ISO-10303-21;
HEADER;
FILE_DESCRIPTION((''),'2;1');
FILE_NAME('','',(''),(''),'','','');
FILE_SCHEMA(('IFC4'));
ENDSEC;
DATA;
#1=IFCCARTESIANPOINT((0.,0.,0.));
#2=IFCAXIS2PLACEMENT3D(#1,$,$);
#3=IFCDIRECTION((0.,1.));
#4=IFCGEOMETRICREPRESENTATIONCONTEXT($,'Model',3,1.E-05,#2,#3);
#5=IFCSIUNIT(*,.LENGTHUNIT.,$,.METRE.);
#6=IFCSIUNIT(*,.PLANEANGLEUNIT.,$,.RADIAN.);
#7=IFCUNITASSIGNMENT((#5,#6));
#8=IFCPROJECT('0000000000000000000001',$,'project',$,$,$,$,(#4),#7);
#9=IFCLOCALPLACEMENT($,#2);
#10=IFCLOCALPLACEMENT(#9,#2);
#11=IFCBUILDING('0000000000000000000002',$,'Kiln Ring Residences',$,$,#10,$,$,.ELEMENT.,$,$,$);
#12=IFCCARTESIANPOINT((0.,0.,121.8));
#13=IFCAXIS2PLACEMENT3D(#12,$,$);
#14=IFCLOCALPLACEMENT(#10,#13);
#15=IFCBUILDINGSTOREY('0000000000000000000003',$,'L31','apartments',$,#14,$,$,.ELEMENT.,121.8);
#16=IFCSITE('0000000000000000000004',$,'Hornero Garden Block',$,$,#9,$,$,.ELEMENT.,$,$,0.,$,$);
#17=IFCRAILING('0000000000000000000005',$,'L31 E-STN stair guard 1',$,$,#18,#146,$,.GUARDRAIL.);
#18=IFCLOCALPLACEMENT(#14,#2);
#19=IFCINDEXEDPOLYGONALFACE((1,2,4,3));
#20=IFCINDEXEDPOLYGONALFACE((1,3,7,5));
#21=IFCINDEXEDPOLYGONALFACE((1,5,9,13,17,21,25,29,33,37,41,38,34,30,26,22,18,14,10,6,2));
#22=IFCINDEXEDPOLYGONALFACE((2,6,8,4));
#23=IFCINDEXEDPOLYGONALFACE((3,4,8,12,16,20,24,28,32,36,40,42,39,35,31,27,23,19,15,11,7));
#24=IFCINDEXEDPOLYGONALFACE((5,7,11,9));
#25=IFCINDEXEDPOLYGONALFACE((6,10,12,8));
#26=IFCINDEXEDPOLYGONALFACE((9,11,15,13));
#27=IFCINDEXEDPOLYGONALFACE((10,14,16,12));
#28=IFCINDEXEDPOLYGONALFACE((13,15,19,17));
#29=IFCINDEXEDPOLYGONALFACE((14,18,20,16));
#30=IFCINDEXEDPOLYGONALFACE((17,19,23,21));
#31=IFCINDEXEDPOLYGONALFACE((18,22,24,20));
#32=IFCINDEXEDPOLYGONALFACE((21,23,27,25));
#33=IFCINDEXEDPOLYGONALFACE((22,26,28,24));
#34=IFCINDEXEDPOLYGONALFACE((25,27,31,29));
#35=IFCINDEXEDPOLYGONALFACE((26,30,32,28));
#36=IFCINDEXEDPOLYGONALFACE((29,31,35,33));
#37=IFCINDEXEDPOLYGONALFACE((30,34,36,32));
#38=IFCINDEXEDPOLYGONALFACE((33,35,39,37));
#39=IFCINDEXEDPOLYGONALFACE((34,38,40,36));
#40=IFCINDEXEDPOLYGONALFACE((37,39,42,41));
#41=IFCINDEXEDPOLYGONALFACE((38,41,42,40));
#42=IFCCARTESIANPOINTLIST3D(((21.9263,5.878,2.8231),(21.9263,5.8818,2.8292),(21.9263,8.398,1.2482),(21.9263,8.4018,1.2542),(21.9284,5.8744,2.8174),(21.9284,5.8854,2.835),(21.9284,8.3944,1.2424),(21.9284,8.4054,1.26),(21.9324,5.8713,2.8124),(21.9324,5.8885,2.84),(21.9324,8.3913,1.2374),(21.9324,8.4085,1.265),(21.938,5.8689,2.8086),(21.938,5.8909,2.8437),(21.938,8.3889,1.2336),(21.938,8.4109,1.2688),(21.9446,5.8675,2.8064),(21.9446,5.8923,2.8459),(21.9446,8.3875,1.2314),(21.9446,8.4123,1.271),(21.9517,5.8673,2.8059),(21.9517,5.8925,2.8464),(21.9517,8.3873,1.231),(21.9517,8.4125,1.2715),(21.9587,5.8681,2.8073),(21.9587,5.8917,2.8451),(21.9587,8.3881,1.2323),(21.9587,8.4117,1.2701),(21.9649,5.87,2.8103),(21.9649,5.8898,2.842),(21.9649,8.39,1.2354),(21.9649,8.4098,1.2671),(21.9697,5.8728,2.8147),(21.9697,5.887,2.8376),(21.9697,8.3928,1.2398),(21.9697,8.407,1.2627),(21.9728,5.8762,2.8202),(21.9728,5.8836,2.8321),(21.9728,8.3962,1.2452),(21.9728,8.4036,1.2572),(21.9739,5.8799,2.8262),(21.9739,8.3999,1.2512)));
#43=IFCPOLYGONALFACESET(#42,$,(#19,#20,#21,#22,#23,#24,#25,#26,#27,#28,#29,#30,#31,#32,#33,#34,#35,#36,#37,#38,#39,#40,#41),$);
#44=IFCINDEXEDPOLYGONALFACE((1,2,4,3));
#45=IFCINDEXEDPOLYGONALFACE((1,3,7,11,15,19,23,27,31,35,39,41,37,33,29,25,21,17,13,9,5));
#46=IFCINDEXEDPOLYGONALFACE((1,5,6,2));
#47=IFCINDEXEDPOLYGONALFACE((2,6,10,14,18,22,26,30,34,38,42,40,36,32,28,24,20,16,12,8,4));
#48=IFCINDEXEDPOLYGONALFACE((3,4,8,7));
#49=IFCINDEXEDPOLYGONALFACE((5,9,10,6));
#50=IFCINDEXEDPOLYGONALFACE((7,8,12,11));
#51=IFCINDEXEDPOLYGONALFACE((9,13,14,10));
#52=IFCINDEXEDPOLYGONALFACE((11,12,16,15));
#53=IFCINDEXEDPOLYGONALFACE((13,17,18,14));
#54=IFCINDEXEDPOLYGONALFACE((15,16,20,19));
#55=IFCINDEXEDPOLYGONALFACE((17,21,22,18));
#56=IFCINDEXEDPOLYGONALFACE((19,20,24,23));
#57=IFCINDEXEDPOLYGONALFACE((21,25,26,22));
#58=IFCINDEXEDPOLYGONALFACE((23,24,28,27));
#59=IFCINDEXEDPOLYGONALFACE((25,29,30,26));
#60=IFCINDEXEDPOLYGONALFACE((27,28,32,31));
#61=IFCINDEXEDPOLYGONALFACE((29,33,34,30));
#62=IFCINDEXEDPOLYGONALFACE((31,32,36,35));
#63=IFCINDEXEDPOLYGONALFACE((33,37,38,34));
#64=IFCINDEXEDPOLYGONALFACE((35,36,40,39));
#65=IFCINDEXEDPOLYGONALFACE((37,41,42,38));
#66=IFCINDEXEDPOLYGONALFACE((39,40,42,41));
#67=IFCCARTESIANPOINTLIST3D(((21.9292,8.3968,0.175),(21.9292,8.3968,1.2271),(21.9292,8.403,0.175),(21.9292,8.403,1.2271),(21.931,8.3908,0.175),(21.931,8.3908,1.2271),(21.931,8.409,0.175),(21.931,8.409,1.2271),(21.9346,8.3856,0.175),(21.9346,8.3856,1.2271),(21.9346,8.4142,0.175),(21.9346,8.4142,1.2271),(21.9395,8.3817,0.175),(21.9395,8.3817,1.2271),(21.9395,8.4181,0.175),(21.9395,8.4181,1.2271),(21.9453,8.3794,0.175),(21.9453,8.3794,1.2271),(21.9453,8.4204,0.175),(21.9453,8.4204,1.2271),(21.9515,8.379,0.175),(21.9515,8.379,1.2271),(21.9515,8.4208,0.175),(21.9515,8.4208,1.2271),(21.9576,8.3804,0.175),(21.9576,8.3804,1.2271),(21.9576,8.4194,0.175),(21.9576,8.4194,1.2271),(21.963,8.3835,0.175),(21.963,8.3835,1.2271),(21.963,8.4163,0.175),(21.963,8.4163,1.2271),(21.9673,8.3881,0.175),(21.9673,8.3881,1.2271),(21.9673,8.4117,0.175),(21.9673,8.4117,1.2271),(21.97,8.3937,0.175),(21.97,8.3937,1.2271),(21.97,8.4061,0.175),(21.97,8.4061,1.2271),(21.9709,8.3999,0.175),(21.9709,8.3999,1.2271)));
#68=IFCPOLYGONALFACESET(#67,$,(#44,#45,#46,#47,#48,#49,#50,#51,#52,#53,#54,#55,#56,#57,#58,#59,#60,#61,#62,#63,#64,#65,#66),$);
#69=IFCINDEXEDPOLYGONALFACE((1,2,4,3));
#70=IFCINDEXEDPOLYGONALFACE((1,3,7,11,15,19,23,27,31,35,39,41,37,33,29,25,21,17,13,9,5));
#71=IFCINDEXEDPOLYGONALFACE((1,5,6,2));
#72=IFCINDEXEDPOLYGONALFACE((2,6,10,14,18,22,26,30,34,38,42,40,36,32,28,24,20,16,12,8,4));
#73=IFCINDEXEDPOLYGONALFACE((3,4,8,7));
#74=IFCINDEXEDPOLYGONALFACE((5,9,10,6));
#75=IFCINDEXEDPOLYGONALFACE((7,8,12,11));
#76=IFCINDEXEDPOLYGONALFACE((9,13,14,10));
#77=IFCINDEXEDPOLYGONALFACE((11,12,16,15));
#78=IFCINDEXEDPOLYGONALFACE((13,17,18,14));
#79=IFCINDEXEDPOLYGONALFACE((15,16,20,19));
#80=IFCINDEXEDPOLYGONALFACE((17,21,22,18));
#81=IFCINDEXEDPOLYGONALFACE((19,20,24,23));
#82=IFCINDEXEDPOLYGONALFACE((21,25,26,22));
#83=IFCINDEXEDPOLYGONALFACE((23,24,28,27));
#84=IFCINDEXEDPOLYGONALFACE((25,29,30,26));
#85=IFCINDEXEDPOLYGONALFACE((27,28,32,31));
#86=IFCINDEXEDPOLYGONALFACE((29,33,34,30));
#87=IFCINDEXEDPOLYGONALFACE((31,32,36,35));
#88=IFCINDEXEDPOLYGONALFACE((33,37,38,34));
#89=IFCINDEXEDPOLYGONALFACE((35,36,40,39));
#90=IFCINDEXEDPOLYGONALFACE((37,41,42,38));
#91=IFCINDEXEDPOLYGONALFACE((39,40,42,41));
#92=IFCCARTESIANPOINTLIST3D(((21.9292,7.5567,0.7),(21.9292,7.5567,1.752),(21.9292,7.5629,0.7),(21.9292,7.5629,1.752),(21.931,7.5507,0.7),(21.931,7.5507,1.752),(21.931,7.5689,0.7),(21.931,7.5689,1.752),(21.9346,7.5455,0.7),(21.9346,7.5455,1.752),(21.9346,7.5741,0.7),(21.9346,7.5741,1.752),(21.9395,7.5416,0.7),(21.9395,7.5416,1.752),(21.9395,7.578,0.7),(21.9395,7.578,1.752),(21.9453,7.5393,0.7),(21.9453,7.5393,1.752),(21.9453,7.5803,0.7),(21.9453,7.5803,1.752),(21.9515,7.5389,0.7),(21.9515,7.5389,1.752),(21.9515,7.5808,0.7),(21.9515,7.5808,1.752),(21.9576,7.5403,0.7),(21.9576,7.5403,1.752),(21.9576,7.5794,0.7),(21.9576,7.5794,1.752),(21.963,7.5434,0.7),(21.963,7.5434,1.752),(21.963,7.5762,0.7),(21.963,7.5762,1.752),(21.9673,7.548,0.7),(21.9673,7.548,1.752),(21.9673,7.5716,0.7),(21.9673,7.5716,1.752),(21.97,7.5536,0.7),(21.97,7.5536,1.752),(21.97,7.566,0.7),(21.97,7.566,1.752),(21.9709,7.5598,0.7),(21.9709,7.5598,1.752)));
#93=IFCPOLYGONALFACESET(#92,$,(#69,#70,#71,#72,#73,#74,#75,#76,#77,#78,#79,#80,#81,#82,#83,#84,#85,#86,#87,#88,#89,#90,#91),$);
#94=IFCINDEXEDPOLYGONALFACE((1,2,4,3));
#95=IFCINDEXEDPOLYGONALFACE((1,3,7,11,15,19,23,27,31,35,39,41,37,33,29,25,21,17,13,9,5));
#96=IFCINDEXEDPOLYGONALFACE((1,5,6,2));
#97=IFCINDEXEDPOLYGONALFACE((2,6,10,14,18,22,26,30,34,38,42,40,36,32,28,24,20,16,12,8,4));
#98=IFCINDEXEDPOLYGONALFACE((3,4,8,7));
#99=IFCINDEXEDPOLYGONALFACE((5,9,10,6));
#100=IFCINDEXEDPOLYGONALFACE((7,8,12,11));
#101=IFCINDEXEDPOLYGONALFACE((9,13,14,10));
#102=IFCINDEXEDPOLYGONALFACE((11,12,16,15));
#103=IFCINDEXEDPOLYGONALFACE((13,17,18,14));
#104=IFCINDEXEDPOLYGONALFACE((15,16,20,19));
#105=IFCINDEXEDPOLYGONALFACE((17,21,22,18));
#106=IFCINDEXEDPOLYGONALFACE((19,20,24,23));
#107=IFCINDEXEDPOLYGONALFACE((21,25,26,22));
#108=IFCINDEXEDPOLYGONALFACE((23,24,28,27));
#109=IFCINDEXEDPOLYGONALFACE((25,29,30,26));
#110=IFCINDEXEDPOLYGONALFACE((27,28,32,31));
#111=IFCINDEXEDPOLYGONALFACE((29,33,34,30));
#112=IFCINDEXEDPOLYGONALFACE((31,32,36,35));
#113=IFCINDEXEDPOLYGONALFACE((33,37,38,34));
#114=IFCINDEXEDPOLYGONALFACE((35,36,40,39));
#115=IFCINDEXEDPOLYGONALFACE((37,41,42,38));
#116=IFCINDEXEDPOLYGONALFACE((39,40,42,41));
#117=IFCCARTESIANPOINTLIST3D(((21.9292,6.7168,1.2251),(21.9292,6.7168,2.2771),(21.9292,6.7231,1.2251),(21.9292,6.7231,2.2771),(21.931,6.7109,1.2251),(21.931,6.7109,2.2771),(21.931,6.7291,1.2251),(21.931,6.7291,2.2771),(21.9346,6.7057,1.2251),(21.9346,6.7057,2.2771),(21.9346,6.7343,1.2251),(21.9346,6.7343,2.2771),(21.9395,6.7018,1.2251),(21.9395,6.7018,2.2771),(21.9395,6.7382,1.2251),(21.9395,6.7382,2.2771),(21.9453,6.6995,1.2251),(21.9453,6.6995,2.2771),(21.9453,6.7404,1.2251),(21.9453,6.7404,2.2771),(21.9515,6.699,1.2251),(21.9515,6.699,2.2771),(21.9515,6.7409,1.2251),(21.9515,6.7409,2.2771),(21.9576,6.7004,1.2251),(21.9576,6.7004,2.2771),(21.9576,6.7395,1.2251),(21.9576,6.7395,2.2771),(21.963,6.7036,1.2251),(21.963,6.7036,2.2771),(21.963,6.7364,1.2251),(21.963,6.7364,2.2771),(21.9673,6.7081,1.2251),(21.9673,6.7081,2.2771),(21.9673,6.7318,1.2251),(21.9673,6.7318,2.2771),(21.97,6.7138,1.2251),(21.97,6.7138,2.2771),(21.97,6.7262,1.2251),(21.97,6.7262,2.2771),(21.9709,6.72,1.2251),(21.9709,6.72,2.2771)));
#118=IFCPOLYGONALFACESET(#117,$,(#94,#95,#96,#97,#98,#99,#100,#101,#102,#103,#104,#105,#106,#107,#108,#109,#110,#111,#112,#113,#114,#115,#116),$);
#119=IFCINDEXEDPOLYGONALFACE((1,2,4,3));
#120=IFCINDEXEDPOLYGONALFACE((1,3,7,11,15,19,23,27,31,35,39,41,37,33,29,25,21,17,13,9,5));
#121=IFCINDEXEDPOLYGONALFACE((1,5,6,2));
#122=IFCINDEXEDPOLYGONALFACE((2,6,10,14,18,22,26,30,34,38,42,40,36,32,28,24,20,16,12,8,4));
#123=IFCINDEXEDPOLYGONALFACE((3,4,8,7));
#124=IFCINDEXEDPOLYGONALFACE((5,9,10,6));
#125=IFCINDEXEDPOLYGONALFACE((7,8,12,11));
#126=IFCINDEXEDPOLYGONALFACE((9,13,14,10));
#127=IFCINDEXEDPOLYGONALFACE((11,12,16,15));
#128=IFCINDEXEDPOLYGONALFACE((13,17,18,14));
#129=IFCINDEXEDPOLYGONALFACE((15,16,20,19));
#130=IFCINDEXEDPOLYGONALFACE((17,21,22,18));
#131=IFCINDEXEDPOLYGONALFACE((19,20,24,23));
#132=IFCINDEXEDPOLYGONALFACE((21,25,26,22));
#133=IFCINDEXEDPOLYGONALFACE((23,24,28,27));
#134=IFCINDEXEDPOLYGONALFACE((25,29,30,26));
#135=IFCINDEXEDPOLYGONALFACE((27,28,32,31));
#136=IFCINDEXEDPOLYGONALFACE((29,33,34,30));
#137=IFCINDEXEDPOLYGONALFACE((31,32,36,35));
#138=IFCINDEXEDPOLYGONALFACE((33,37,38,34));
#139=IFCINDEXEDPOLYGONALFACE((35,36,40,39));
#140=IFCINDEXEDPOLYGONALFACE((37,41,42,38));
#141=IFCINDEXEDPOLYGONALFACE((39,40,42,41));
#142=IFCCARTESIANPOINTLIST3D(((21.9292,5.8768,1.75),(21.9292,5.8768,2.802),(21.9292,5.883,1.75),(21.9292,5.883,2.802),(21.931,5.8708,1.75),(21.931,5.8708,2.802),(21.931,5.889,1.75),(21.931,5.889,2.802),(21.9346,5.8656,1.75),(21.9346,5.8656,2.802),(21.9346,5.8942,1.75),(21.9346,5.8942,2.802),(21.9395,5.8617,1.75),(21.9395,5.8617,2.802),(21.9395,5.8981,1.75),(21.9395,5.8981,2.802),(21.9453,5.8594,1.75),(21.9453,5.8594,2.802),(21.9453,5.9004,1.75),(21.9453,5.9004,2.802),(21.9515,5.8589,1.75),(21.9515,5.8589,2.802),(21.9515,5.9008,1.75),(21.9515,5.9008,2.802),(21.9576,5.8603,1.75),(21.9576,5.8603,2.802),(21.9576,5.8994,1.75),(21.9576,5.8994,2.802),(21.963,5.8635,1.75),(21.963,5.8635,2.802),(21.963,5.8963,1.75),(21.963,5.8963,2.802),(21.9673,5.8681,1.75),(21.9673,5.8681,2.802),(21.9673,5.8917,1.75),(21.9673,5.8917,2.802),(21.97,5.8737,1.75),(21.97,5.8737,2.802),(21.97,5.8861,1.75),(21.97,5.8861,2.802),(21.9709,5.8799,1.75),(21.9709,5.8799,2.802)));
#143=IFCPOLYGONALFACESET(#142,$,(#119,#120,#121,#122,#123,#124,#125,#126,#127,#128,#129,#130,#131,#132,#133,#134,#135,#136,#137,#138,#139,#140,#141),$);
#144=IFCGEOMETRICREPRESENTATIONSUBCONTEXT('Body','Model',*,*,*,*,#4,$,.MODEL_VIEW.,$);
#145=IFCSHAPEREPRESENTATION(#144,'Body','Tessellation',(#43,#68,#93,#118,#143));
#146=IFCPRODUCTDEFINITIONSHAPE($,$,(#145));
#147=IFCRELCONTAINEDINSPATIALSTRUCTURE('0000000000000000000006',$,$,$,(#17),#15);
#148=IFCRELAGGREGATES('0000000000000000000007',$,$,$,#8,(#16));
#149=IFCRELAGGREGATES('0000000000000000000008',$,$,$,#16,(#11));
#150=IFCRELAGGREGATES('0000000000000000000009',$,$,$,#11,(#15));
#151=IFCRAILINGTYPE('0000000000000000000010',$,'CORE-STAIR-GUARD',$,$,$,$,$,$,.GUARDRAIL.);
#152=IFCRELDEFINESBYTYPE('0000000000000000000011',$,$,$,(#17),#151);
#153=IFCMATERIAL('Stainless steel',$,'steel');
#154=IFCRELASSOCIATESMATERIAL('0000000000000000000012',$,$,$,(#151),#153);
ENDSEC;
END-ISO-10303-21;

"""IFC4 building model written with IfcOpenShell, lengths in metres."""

from ifc_helpers import new_model, si_unit, direction, frame, origin, origin_2d, place, context, subcontext, project, spatial, circle, extrude, material, type_object, element, save


model = new_model("IFC4")

# Units and contexts
model_context = context("Model", 3, precision=1e-05, world=origin(), true_north=direction((0.0, 1.0)))
body_context = subcontext(model_context, "Body", "Model", "MODEL_VIEW")
ifc_project = project(units=[si_unit("LENGTHUNIT", "METRE"), si_unit("PLANEANGLEUNIT", "RADIAN")], contexts=[model_context])

# Site, building, storey
site_placement = place(None, origin())
site = spatial("IfcSite", under=ifc_project, at=site_placement, Name="Hornero Garden Block", CompositionType="ELEMENT", RefElevation=0.0)
building_placement = place(site_placement, origin())
building = spatial("IfcBuilding", under=site, at=building_placement, Name="Kiln Ring Residences", CompositionType="ELEMENT")
storey_placement = place(building_placement, frame((0.0, 0.0, 121.8)))
storey = spatial("IfcBuildingStorey", under=building, at=storey_placement, Name="L31", Description="apartments", CompositionType="ELEMENT", Elevation=121.8)

# Railing
ifc_material_1 = material(Name="Stainless steel", Category="steel")
railing_type_1 = type_object("IfcRailingType", Name="CORE-STAIR-GUARD", PredefinedType="GUARDRAIL", material=ifc_material_1)
railing_1_placement = place(storey_placement, frame((21.95, 8.3999, 0.175)))
element("IfcRailing", 1, at=railing_1_placement, inside=storey, type_object=railing_type_1, Name="L31 E-STN stair guard 1", PredefinedType="GUARDRAIL", context=body_context, shape_type="SweptSolid", body=[
    extrude(circle(Radius=0.0239, at=origin_2d()), frame((0.0, 0.0, 1.0762), z_axis=(0.0, -0.848008, 0.529984), x_axis=(1.0, 0.0, 0.0)), (0.0, 0.0, 1.0), 2.9717),
    extrude(circle(Radius=0.021, at=origin_2d()), origin(), (0.0, 0.0, 1.0), 1.052),
    extrude(circle(Radius=0.021, at=origin_2d()), frame((0.0, -0.8401, 0.5249)), (0.0, 0.0, 1.0), 1.052),
    extrude(circle(Radius=0.021, at=origin_2d()), frame((0.0, -1.6799, 1.05)), (0.0, 0.0, 1.0), 1.052),
    extrude(circle(Radius=0.021, at=origin_2d()), frame((0.0, -2.52, 1.575)), (0.0, 0.0, 1.0), 1.052),
])

save(model, "model.ifc")
